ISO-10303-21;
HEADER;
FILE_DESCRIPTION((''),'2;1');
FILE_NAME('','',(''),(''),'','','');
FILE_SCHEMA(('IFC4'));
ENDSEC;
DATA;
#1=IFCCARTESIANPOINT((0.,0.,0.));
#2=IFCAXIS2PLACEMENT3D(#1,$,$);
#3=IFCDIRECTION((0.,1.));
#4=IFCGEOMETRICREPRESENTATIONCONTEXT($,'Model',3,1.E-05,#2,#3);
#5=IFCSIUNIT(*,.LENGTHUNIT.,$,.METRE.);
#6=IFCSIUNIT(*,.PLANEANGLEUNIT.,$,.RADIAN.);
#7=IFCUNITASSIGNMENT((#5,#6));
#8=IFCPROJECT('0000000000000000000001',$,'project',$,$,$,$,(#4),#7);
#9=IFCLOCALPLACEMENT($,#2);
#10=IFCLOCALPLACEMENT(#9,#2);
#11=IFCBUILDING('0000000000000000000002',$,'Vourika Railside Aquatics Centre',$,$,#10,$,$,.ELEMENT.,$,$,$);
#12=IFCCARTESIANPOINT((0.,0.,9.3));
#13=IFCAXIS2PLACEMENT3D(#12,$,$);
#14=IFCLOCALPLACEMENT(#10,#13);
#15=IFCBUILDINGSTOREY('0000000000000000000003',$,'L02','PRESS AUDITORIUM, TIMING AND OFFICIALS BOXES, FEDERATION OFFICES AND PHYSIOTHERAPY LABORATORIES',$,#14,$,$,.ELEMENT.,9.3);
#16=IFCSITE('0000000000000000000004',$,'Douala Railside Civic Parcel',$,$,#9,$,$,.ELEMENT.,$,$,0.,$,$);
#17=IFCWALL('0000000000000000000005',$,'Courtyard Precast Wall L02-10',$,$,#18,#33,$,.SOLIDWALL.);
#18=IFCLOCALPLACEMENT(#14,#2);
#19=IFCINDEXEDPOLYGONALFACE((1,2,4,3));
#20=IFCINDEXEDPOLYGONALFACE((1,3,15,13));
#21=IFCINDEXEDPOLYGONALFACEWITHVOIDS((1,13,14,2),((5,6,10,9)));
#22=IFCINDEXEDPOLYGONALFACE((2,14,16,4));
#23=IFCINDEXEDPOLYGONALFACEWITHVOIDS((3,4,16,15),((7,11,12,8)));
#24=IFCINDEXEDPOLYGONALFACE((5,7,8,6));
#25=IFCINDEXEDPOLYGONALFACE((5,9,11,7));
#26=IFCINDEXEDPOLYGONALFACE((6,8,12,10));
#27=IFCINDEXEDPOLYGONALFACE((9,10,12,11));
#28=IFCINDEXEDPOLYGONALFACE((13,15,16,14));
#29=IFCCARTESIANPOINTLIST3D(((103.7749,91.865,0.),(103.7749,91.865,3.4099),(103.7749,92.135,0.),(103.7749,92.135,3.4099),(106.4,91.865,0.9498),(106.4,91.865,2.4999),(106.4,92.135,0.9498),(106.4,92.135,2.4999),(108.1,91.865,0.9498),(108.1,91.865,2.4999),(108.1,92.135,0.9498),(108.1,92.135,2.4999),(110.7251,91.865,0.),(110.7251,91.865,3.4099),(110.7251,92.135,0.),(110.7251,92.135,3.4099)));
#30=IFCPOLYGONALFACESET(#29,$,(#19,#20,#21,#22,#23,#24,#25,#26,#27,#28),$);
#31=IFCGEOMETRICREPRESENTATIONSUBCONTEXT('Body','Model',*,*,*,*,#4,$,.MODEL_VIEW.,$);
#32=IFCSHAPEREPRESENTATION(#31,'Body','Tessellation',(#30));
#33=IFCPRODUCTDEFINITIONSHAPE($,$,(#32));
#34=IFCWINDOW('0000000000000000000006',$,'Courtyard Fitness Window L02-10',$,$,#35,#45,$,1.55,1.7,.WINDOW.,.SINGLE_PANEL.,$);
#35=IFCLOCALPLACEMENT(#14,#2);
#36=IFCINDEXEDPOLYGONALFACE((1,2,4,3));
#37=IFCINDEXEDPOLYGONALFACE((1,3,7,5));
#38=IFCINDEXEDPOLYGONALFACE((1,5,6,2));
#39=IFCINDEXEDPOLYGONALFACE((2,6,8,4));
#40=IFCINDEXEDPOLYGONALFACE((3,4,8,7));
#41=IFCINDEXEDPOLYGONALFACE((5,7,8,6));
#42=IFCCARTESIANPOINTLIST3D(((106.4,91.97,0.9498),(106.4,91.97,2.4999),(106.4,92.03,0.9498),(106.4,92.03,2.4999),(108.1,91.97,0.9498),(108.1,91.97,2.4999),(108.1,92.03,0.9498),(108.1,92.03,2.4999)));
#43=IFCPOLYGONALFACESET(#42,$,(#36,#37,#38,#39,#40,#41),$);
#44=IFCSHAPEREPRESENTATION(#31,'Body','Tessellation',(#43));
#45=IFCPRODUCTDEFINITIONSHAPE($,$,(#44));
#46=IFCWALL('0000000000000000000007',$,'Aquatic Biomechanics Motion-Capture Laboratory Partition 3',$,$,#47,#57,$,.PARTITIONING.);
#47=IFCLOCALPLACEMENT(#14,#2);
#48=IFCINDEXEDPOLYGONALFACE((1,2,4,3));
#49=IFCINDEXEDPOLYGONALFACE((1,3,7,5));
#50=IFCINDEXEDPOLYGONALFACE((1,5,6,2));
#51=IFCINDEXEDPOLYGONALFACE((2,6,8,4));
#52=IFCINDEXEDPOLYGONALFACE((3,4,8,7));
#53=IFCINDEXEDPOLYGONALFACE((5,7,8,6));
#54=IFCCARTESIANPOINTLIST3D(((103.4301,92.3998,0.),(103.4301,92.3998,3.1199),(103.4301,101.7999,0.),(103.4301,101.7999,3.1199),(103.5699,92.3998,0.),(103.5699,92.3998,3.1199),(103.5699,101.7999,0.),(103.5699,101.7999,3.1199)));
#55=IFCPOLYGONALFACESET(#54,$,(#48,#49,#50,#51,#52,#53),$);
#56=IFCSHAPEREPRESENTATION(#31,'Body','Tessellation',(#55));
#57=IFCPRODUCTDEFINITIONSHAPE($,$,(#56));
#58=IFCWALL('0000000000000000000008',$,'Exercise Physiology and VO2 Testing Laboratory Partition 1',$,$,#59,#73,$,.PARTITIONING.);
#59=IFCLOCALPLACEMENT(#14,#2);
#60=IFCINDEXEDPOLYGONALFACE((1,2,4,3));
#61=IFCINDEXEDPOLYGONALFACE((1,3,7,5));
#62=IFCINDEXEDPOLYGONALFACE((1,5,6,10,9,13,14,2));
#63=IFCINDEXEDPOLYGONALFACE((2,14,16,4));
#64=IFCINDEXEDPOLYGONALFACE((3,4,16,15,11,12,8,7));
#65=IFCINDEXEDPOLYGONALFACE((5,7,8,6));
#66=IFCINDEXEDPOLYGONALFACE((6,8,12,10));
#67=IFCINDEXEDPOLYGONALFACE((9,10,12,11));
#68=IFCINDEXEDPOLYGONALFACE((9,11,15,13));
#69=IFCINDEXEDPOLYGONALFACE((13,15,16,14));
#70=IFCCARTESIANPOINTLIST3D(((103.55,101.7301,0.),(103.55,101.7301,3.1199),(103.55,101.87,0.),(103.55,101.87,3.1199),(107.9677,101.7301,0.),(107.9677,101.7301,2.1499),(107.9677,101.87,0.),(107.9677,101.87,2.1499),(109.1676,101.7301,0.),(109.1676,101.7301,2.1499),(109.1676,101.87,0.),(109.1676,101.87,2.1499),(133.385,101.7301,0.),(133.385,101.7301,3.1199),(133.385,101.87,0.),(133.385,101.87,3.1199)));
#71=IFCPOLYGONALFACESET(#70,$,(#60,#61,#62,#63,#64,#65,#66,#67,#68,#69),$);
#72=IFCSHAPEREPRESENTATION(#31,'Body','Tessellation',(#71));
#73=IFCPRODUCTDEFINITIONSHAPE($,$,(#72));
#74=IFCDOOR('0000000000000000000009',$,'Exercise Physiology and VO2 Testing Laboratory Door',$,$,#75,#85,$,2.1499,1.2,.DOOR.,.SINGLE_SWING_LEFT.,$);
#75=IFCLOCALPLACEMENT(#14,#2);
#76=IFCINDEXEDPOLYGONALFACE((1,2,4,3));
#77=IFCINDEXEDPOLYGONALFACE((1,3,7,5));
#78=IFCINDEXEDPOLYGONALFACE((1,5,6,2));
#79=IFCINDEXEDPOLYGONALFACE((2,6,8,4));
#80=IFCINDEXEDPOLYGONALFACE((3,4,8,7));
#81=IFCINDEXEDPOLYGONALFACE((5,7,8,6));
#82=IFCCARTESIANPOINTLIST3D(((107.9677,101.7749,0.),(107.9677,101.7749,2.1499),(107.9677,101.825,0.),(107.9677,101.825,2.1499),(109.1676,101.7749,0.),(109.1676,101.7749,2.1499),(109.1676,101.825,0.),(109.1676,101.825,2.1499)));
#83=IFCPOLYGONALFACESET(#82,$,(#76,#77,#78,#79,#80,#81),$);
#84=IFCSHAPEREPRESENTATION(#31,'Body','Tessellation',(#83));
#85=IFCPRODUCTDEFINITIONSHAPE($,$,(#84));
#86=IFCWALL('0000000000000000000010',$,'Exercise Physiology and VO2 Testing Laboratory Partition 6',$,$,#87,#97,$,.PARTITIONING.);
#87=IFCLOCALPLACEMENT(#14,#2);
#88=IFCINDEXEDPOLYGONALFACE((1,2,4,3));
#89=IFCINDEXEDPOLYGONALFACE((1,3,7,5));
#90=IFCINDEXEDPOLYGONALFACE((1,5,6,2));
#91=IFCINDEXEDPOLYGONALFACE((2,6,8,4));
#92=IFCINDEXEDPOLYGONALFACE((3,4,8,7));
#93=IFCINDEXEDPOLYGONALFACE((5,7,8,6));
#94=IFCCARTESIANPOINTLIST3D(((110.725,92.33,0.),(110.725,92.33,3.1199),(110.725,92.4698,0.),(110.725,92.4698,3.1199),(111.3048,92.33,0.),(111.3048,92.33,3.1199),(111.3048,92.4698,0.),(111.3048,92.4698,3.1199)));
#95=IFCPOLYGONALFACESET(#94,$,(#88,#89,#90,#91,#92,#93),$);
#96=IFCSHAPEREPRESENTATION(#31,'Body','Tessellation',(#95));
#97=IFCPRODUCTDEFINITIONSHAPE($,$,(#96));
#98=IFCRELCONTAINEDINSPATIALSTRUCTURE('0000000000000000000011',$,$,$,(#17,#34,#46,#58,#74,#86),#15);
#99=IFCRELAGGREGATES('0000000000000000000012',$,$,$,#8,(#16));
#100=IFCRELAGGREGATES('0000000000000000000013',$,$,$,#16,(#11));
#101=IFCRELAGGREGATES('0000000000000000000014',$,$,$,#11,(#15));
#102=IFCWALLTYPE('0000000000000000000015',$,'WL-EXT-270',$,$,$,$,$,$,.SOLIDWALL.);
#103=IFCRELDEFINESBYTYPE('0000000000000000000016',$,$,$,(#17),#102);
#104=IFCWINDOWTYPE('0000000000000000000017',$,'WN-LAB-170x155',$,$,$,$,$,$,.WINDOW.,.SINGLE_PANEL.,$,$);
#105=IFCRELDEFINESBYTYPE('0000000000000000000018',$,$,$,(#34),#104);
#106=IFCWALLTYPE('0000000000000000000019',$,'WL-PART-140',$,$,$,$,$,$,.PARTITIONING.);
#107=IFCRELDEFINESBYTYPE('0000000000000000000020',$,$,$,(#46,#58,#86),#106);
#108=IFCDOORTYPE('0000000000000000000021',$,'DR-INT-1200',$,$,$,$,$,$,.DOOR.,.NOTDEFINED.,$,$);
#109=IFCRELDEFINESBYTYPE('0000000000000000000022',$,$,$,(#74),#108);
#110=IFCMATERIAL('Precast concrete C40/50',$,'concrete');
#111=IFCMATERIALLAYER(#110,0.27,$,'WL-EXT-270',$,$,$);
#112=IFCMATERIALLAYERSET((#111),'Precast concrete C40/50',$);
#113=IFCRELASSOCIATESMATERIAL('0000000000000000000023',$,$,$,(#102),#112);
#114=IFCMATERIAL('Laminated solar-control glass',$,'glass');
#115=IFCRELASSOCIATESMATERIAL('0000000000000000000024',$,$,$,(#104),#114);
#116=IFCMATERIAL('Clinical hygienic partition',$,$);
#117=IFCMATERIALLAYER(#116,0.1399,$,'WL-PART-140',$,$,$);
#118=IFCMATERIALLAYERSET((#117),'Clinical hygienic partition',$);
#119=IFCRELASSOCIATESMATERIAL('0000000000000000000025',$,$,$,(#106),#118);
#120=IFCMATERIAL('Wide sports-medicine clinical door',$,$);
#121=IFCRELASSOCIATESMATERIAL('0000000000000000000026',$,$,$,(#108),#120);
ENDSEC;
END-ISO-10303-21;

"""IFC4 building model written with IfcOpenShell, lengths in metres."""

from ifc_helpers import new_model, si_unit, direction, frame, frame_2d, origin, place, context, subcontext, project, spatial, rectangle, extrude, material, layer, layer_set, type_object, element, fill, save


model = new_model("IFC4")

# Units and contexts
model_context = context("Model", 3, precision=1e-05, world=origin(), true_north=direction((0.0, 1.0)))
body_context = subcontext(model_context, "Body", "Model", "MODEL_VIEW")
ifc_project = project(units=[si_unit("LENGTHUNIT", "METRE"), si_unit("PLANEANGLEUNIT", "RADIAN")], contexts=[model_context])

# Site, building, storey
site_placement = place(None, origin())
site = spatial("IfcSite", under=ifc_project, at=site_placement, Name="Douala Railside Civic Parcel", CompositionType="ELEMENT", RefElevation=0.0)
building_placement = place(site_placement, origin())
building = spatial("IfcBuilding", under=site, at=building_placement, Name="Vourika Railside Aquatics Centre", CompositionType="ELEMENT")
storey_placement = place(building_placement, frame((0.0, 0.0, 9.3)))
storey = spatial("IfcBuildingStorey", under=building, at=storey_placement, Name="L02", Description="PRESS AUDITORIUM, TIMING AND OFFICIALS BOXES, FEDERATION OFFICES AND PHYSIOTHERAPY LABORATORIES", CompositionType="ELEMENT", Elevation=9.3)

# Wall, opening, window
ifc_material_1 = material(Name="Precast concrete C40/50", Category="concrete")
ifc_layer_1 = layer(ifc_material_1, 0.27, Name="WL-EXT-270")
ifc_layer_set_1 = layer_set([ifc_layer_1], Name="Precast concrete C40/50")
wall_type_1 = type_object("IfcWallType", Name="WL-EXT-270", PredefinedType="SOLIDWALL", material=ifc_layer_set_1)
wall_1_placement = place(storey_placement, frame((103.7749, 92.0, 0.0), z_axis=(0.0, 0.0, 1.0), x_axis=(1.0, 0.0, 0.0)))
wall_1 = element("IfcWall", 1, at=wall_1_placement, inside=storey, type_object=wall_type_1, Name="Courtyard Precast Wall L02-10", PredefinedType="SOLIDWALL", context=body_context, shape_type="SweptSolid", body=[
    extrude(rectangle(XDim=6.9502, YDim=0.27, at=frame_2d((3.4751, 0.0))), origin(), (0.0, 0.0, 1.0), 3.4099),
])
opening_1_placement = place(wall_1_placement, frame((2.625, 0.0, 0.95)))
opening_1 = element("IfcOpeningElement", 2, at=opening_1_placement, cuts=wall_1, PredefinedType="OPENING", context=body_context, shape_type="SweptSolid", body=[
    extrude(rectangle(XDim=1.7, YDim=1.55, at=frame_2d((0.8501, 0.7749))), frame((0.0, 0.145, 0.0), z_axis=(0.0, -1.0, 0.0), x_axis=(1.0, 0.0, 0.0)), (0.0, 0.0, 1.0), 0.29),
])
ifc_material_2 = material(Name="Laminated solar-control glass", Category="glass")
window_type = type_object("IfcWindowType", Name="WN-LAB-170x155", PartitioningType="SINGLE_PANEL", PredefinedType="WINDOW", material=ifc_material_2)
window_placement = place(opening_1_placement, origin())
window = element("IfcWindow", 3, at=window_placement, inside=storey, type_object=window_type, Name="Courtyard Fitness Window L02-10", OverallHeight=1.55, OverallWidth=1.7, PartitioningType="SINGLE_PANEL", PredefinedType="WINDOW", context=body_context, shape_type="SweptSolid", body=[
    extrude(rectangle(XDim=1.7, YDim=1.55, at=frame_2d((0.8501, 0.7749))), frame((0.0, 0.03, 0.0), z_axis=(0.0, -1.0, 0.0), x_axis=(1.0, 0.0, 0.0)), (0.0, 0.0, 1.0), 0.0601),
])
fill(opening_1, window)

# Wall
ifc_material_3 = material(Name="Clinical hygienic partition")
ifc_layer_2 = layer(ifc_material_3, 0.1399, Name="WL-PART-140")
ifc_layer_set_2 = layer_set([ifc_layer_2], Name="Clinical hygienic partition")
wall_type_2 = type_object("IfcWallType", Name="WL-PART-140", PredefinedType="PARTITIONING", material=ifc_layer_set_2)
wall_2_placement = place(storey_placement, frame((103.5, 101.8, 0.0), z_axis=(0.0, 0.0, 1.0), x_axis=(0.0, -1.0, 0.0)))
element("IfcWall", 4, at=wall_2_placement, inside=storey, type_object=wall_type_2, Name="Aquatic Biomechanics Motion-Capture Laboratory Partition 3", PredefinedType="PARTITIONING", context=body_context, shape_type="SweptSolid", body=[
    extrude(rectangle(XDim=9.4001, YDim=0.1399, at=frame_2d((4.7002, 0.0))), origin(), (0.0, 0.0, 1.0), 3.1199),
])

# Wall, opening, door
wall_3_placement = place(storey_placement, frame((103.55, 101.8, 0.0), z_axis=(0.0, 0.0, 1.0), x_axis=(1.0, 0.0, 0.0)))
wall_3 = element("IfcWall", 5, at=wall_3_placement, inside=storey, type_object=wall_type_2, Name="Exercise Physiology and VO2 Testing Laboratory Partition 1", PredefinedType="PARTITIONING", context=body_context, shape_type="SweptSolid", body=[
    extrude(rectangle(XDim=29.835, YDim=0.1399, at=frame_2d((14.9175, 0.0))), origin(), (0.0, 0.0, 1.0), 3.1199),
])
opening_2_placement = place(wall_3_placement, frame((4.4175, 0.0, 0.0)))
opening_2 = element("IfcOpeningElement", 6, at=opening_2_placement, cuts=wall_3, PredefinedType="OPENING", context=body_context, shape_type="SweptSolid", body=[
    extrude(rectangle(XDim=1.2, YDim=2.1499, at=frame_2d((0.6001, 1.075))), frame((0.0, 0.0801, 0.0), z_axis=(0.0, -1.0, 0.0), x_axis=(1.0, 0.0, 0.0)), (0.0, 0.0, 1.0), 0.1599),
])
ifc_material_4 = material(Name="Wide sports-medicine clinical door")
door_type = type_object("IfcDoorType", Name="DR-INT-1200", OperationType="NOTDEFINED", PredefinedType="DOOR", material=ifc_material_4)
door_placement = place(opening_2_placement, origin())
door = element("IfcDoor", 7, at=door_placement, inside=storey, type_object=door_type, Name="Exercise Physiology and VO2 Testing Laboratory Door", OperationType="SINGLE_SWING_LEFT", OverallHeight=2.1499, OverallWidth=1.2, PredefinedType="DOOR", context=body_context, shape_type="SweptSolid", body=[
    extrude(rectangle(XDim=1.2, YDim=2.1499, at=frame_2d((0.6001, 1.075))), frame((0.0, 0.0249, 0.0), z_axis=(0.0, -1.0, 0.0), x_axis=(1.0, 0.0, 0.0)), (0.0, 0.0, 1.0), 0.05),
])
fill(opening_2, door)

# Wall
wall_4_placement = place(storey_placement, frame((111.3049, 92.3999, 0.0), z_axis=(0.0, 0.0, 1.0), x_axis=(-1.0, 0.0, 0.0)))
element("IfcWall", 8, at=wall_4_placement, inside=storey, type_object=wall_type_2, Name="Exercise Physiology and VO2 Testing Laboratory Partition 6", PredefinedType="PARTITIONING", context=body_context, shape_type="SweptSolid", body=[
    extrude(rectangle(XDim=0.5798, YDim=0.1399, at=frame_2d((0.29, 0.0))), origin(), (0.0, 0.0, 1.0), 3.1199),
])

save(model, "model.ifc")
